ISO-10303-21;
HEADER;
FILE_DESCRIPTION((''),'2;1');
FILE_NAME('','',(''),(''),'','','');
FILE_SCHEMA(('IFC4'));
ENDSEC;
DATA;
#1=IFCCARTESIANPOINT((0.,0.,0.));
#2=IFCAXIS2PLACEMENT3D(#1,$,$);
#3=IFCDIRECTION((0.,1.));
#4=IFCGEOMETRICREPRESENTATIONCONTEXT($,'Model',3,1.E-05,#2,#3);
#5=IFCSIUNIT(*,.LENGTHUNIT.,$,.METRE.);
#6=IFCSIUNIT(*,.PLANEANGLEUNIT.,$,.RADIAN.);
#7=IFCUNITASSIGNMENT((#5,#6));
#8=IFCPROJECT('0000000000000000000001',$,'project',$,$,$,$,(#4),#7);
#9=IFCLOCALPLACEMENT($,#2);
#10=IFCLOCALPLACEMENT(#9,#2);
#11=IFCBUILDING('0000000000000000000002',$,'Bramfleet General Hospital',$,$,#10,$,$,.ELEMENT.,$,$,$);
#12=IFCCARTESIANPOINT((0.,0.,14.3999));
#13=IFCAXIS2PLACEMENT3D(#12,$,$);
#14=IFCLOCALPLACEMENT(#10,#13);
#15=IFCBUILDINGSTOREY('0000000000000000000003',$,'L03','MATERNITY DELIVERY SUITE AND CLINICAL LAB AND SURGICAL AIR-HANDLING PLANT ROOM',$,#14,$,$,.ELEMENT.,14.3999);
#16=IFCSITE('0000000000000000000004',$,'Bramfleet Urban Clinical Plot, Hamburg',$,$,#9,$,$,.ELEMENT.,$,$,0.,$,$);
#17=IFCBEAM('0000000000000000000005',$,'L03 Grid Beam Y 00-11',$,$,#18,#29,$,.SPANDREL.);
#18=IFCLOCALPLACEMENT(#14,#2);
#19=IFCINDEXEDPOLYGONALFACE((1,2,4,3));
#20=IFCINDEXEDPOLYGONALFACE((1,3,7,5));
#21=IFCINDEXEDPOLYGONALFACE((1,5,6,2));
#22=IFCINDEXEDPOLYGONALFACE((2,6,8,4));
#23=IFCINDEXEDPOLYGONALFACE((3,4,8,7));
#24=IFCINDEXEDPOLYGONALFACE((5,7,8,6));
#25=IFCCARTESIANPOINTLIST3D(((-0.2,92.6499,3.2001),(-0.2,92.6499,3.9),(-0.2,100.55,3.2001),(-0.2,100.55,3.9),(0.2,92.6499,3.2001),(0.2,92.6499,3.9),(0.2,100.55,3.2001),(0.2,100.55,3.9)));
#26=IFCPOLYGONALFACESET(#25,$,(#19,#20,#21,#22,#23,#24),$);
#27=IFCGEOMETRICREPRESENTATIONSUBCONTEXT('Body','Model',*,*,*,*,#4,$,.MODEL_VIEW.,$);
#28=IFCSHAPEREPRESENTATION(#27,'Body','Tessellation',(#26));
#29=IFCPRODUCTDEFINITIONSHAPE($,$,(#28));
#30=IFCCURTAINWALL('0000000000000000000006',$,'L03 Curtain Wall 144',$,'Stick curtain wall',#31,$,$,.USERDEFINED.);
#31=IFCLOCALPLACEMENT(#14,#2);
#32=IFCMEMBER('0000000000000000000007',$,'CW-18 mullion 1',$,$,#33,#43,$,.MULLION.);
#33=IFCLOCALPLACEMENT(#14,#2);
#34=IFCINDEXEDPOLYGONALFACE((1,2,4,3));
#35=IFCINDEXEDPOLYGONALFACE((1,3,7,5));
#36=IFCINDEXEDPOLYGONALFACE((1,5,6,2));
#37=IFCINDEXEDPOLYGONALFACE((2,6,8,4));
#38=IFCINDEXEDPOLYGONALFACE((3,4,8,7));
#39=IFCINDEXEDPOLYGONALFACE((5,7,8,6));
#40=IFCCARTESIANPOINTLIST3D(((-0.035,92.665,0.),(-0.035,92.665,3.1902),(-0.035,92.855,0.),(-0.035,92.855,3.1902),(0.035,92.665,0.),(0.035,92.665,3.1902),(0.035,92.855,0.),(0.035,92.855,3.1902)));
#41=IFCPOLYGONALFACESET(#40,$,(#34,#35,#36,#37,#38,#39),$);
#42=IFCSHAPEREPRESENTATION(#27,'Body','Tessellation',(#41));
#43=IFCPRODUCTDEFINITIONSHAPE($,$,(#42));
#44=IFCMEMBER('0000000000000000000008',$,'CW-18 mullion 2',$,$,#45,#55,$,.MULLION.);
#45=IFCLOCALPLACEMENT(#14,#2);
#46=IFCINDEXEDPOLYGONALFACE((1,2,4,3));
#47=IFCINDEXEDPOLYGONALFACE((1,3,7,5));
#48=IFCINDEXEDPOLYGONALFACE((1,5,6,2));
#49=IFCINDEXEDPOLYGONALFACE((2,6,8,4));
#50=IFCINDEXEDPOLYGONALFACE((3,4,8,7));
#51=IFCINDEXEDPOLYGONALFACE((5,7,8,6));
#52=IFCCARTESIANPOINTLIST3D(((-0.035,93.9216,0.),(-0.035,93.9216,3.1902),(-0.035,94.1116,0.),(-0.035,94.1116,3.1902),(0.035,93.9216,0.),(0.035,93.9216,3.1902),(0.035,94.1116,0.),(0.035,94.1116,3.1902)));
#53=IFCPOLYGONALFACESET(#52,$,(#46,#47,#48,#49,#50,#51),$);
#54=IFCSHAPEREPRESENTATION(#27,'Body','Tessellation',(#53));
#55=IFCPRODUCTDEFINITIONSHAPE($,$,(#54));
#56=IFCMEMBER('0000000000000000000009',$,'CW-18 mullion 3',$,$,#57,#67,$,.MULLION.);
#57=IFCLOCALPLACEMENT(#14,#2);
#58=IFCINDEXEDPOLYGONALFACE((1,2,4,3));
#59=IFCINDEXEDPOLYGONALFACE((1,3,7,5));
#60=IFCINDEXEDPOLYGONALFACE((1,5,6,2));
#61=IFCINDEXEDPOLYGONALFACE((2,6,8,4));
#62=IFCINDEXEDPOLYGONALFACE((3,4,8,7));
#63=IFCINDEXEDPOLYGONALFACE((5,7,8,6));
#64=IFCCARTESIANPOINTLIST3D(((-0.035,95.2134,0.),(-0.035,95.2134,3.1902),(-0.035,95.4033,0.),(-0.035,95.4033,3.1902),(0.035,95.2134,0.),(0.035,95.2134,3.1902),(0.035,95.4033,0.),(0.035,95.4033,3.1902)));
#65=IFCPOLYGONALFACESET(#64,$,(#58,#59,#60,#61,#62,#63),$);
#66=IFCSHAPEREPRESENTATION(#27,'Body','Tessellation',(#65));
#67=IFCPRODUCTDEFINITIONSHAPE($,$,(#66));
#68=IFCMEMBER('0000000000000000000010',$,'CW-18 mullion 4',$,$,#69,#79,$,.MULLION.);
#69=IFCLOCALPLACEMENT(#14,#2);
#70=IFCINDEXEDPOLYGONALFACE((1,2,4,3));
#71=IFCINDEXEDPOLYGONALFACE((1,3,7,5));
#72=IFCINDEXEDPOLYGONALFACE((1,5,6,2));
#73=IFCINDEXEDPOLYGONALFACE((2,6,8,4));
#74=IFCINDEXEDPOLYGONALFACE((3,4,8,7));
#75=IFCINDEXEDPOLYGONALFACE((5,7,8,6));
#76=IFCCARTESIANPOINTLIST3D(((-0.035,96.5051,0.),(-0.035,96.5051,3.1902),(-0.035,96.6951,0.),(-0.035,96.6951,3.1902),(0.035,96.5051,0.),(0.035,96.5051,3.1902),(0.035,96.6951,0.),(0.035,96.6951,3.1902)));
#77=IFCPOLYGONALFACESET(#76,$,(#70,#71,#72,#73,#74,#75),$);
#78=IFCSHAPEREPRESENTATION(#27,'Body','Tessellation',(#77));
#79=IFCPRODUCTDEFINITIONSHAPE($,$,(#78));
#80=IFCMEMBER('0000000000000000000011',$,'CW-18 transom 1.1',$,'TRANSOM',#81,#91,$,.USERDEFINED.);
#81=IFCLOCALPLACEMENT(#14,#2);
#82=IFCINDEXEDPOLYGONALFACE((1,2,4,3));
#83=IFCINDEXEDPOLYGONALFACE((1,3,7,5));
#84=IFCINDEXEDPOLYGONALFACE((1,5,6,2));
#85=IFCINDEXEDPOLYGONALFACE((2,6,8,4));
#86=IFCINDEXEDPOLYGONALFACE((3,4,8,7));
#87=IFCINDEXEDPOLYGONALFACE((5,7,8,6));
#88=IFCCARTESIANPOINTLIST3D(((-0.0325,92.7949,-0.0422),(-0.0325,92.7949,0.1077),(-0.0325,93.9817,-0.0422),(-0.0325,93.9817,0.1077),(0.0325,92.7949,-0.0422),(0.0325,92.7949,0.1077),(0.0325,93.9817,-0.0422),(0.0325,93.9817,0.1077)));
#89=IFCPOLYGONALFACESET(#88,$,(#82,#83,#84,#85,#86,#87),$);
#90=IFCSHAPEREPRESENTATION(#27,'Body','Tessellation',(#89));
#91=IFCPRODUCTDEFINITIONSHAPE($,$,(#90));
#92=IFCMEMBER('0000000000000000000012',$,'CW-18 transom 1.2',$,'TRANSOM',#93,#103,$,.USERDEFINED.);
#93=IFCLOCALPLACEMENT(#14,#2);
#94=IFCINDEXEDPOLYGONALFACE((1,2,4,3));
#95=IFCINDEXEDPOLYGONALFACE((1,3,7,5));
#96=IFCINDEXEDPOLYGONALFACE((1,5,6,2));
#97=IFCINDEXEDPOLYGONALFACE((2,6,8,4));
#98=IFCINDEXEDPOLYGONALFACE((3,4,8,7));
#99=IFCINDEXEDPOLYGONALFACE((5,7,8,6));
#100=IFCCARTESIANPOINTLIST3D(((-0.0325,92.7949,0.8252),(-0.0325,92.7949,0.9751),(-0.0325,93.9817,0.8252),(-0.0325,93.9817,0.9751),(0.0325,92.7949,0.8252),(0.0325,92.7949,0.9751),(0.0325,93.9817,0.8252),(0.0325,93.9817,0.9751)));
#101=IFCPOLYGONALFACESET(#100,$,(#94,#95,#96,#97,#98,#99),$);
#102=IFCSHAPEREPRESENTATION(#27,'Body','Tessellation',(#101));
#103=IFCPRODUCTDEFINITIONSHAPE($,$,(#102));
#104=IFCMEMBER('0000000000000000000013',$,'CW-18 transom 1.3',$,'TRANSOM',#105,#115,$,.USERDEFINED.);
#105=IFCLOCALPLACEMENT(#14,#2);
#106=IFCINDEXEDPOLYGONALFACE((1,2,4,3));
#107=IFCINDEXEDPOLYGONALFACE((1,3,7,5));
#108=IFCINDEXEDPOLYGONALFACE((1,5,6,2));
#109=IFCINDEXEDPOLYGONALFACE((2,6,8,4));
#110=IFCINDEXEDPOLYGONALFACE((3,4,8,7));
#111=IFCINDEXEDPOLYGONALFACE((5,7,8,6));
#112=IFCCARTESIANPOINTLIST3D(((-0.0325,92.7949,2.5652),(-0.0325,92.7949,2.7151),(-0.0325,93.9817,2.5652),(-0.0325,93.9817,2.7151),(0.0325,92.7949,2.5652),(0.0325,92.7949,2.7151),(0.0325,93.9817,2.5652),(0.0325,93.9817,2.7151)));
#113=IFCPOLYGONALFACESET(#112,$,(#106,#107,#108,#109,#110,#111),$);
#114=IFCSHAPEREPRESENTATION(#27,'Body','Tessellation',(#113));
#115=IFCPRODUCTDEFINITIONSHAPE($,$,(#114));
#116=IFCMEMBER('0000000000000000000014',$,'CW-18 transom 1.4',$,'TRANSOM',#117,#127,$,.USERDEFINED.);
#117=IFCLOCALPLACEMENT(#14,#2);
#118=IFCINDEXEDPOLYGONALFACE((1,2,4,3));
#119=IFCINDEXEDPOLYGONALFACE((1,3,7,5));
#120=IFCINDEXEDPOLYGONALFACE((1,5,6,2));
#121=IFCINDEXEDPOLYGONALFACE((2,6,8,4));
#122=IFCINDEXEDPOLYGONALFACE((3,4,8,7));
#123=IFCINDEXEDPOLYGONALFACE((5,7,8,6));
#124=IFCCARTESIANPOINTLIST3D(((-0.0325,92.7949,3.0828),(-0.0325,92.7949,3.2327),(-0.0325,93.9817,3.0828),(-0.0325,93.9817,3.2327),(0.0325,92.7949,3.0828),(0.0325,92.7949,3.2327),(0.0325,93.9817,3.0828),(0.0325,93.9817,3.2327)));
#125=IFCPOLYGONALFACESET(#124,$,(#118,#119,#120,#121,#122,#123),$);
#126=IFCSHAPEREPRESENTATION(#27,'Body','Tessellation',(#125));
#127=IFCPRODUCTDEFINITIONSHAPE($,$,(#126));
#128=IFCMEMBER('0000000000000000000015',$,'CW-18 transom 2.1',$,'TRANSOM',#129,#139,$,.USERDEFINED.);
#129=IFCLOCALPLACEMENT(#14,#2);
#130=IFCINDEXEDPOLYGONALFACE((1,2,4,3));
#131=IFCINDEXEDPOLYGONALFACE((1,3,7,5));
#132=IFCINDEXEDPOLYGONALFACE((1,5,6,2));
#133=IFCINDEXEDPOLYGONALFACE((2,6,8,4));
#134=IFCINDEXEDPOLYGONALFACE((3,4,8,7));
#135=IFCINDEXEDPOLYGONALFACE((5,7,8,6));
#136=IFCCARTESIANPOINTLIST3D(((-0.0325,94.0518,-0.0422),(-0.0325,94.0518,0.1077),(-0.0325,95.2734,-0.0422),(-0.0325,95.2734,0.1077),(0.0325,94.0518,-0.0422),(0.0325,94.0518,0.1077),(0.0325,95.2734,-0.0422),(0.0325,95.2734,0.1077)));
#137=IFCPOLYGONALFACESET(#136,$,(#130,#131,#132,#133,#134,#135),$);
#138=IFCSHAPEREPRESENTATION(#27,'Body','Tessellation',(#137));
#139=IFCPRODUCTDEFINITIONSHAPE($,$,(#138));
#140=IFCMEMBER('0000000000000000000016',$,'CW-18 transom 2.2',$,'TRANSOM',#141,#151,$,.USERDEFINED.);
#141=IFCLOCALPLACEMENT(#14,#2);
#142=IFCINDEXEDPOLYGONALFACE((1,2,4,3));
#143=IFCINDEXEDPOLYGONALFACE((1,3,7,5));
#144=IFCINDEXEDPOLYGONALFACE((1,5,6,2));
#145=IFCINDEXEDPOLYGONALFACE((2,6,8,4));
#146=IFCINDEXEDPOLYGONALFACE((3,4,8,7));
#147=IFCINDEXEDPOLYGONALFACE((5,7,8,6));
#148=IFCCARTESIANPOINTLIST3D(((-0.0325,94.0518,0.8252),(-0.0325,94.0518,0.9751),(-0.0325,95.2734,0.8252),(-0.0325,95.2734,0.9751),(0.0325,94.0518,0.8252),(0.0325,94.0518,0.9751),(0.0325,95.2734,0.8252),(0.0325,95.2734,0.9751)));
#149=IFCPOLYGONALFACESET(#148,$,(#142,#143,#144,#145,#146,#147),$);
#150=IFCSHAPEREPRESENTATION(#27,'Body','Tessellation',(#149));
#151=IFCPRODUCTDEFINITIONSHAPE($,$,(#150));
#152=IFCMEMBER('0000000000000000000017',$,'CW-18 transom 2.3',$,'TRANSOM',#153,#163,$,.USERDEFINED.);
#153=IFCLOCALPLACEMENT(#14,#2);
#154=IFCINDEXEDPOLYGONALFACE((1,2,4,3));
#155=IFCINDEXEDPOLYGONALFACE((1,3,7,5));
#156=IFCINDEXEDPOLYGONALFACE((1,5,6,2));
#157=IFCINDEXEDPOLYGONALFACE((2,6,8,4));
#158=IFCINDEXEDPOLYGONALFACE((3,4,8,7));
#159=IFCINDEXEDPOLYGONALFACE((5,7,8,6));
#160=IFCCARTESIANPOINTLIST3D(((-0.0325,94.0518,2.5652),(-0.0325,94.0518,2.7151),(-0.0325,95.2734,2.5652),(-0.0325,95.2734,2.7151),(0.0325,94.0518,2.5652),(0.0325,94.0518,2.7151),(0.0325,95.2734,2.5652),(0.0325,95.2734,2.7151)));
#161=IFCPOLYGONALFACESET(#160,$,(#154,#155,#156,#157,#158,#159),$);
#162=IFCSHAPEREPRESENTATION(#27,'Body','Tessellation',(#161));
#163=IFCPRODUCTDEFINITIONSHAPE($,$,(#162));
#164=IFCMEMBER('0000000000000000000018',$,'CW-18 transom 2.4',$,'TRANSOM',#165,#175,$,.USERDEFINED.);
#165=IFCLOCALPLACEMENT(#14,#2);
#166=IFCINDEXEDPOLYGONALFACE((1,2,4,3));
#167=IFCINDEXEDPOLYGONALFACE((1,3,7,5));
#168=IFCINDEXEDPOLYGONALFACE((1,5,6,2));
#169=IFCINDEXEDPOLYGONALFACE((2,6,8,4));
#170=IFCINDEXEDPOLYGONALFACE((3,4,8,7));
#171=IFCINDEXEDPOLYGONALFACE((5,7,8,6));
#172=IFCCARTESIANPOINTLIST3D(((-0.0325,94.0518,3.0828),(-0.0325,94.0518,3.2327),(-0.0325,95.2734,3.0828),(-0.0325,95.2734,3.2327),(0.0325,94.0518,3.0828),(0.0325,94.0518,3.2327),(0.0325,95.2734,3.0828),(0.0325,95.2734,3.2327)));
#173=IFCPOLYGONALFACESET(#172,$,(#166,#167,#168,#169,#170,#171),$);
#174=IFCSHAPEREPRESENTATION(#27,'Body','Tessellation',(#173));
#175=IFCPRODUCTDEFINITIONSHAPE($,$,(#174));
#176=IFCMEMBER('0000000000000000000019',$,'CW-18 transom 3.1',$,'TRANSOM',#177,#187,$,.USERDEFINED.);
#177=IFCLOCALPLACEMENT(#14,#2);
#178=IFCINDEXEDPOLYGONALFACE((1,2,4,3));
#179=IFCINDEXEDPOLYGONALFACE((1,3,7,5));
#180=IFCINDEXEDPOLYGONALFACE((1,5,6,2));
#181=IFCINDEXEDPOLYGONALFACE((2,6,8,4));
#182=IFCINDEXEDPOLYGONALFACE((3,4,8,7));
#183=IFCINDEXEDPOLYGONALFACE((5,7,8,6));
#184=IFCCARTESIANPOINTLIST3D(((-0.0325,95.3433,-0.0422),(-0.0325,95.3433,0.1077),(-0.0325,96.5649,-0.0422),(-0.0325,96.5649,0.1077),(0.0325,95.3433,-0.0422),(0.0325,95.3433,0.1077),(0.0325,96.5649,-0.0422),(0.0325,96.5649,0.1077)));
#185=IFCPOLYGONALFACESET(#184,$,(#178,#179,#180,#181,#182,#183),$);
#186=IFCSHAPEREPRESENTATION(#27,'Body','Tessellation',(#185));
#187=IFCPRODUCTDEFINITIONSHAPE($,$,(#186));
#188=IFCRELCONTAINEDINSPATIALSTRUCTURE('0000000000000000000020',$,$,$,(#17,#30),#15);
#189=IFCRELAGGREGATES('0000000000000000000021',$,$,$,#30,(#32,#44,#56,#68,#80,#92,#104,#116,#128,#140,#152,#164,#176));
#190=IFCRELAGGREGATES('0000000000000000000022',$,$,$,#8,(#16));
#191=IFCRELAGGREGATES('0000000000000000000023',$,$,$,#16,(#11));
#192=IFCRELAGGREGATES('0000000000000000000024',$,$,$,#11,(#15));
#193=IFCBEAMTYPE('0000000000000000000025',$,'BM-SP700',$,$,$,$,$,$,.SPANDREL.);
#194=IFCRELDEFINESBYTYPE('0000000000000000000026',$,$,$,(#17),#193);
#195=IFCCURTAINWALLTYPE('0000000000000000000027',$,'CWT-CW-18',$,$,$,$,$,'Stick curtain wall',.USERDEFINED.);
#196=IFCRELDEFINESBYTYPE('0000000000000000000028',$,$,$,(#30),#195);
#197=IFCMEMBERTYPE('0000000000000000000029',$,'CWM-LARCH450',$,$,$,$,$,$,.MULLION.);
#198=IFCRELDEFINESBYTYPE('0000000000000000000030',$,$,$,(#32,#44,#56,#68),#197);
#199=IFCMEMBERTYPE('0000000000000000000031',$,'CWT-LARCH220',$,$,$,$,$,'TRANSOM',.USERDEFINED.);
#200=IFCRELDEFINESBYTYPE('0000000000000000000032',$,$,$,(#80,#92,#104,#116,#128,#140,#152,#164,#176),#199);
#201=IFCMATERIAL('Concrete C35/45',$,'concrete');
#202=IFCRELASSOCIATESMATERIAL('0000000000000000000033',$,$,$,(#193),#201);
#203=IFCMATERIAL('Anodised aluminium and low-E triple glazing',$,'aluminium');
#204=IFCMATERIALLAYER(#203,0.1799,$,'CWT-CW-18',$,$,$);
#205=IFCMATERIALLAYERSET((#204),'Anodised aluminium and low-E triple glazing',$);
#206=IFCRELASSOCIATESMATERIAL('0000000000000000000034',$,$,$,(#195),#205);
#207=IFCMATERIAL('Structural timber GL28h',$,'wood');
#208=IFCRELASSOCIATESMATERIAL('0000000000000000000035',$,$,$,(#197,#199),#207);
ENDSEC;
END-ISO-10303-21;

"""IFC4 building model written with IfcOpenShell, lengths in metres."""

from ifc_helpers import new_model, si_unit, direction, frame, origin, origin_2d, place, context, subcontext, project, spatial, rectangle, extrude, material, layer, layer_set, material_profile, profile_set, type_object, element, aggregate, save


model = new_model("IFC4")

# Units and contexts
model_context = context("Model", 3, precision=1e-05, world=origin(), true_north=direction((0.0, 1.0)))
body_context = subcontext(model_context, "Body", "Model", "MODEL_VIEW")
ifc_project = project(units=[si_unit("LENGTHUNIT", "METRE"), si_unit("PLANEANGLEUNIT", "RADIAN")], contexts=[model_context])

# Site, building, storey
site_placement = place(None, origin())
site = spatial("IfcSite", under=ifc_project, at=site_placement, Name="Bramfleet Urban Clinical Plot, Hamburg", CompositionType="ELEMENT", RefElevation=0.0)
building_placement = place(site_placement, origin())
building = spatial("IfcBuilding", under=site, at=building_placement, Name="Bramfleet General Hospital", CompositionType="ELEMENT")
storey_placement = place(building_placement, frame((0.0, 0.0, 14.3999)))
storey = spatial("IfcBuildingStorey", under=building, at=storey_placement, Name="L03", Description="MATERNITY DELIVERY SUITE AND CLINICAL LAB AND SURGICAL AIR-HANDLING PLANT ROOM", CompositionType="ELEMENT", Elevation=14.3999)

# Beam
ifc_material_1 = material(Name="Concrete C35/45", Category="concrete")
ifc_material_profile_1 = material_profile(ifc_material_1, rectangle(XDim=0.3999, YDim=0.7, at=origin_2d()), Name="RC SP 700x400")
ifc_profile_set_1 = profile_set([ifc_material_profile_1], Name="Concrete C35/45")
beam_type = type_object("IfcBeamType", Name="BM-SP700", PredefinedType="SPANDREL", material=ifc_profile_set_1)
beam_placement = place(storey_placement, frame((0.0, 92.6499, 3.55), z_axis=(0.0, 1.0, 0.0), x_axis=(-1.0, 0.0, 0.0)))
element("IfcBeam", 1, at=beam_placement, inside=storey, type_object=beam_type, Name="L03 Grid Beam Y 00-11", PredefinedType="SPANDREL", context=body_context, shape_type="SweptSolid", body=[
    extrude(rectangle(XDim=0.3999, YDim=0.7, at=origin_2d()), origin(), (0.0, 0.0, 1.0), 7.9001),
])

# Curtain wall, members
ifc_material_2 = material(Name="Anodised aluminium and low-E triple glazing", Category="aluminium")
ifc_layer_1 = layer(ifc_material_2, 0.1799, Name="CWT-CW-18")
ifc_layer_set_1 = layer_set([ifc_layer_1], Name="Anodised aluminium and low-E triple glazing")
curtain_wall_type = type_object("IfcCurtainWallType", Name="CWT-CW-18", ElementType="Stick curtain wall", PredefinedType="USERDEFINED", material=ifc_layer_set_1)
curtain_wall_placement = place(storey_placement, origin())
curtain_wall = element("IfcCurtainWall", 2, at=curtain_wall_placement, inside=storey, type_object=curtain_wall_type, Name="L03 Curtain Wall 144", ObjectType="Stick curtain wall", PredefinedType="USERDEFINED")
ifc_material_3 = material(Name="Structural timber GL28h", Category="wood")
ifc_material_profile_2 = material_profile(ifc_material_3, rectangle(XDim=0.0701, YDim=0.1899, at=origin_2d()), Name="LARCH 190x70")
ifc_profile_set_2 = profile_set([ifc_material_profile_2], Name="Structural timber GL28h")
member_type_1 = type_object("IfcMemberType", Name="CWM-LARCH450", PredefinedType="MULLION", material=ifc_profile_set_2)
member_1_placement = place(storey_placement, frame((0.0, 92.76, 0.0), z_axis=(0.0, 0.0, 1.0), x_axis=(-1.0, 0.0, 0.0)))
member_1 = element("IfcMember", 3, at=member_1_placement, type_object=member_type_1, Name="CW-18 mullion 1", PredefinedType="MULLION", context=body_context, shape_type="SweptSolid", body=[
    extrude(rectangle(XDim=0.0701, YDim=0.1899, at=origin_2d()), origin(), (0.0, 0.0, 1.0), 3.1902),
])
member_2_placement = place(storey_placement, frame((0.0, 94.0166, 0.0), z_axis=(0.0, 0.0, 1.0), x_axis=(-1.0, 0.0, 0.0)))
member_2 = element("IfcMember", 4, at=member_2_placement, type_object=member_type_1, Name="CW-18 mullion 2", PredefinedType="MULLION", context=body_context, shape_type="SweptSolid", body=[
    extrude(rectangle(XDim=0.0701, YDim=0.1899, at=origin_2d()), origin(), (0.0, 0.0, 1.0), 3.1902),
])
member_3_placement = place(storey_placement, frame((0.0, 95.3083, 0.0), z_axis=(0.0, 0.0, 1.0), x_axis=(-1.0, 0.0, 0.0)))
member_3 = element("IfcMember", 5, at=member_3_placement, type_object=member_type_1, Name="CW-18 mullion 3", PredefinedType="MULLION", context=body_context, shape_type="SweptSolid", body=[
    extrude(rectangle(XDim=0.0701, YDim=0.1899, at=origin_2d()), origin(), (0.0, 0.0, 1.0), 3.1902),
])
member_4_placement = place(storey_placement, frame((0.0, 96.6001, 0.0), z_axis=(0.0, 0.0, 1.0), x_axis=(-1.0, 0.0, 0.0)))
member_4 = element("IfcMember", 6, at=member_4_placement, type_object=member_type_1, Name="CW-18 mullion 4", PredefinedType="MULLION", context=body_context, shape_type="SweptSolid", body=[
    extrude(rectangle(XDim=0.0701, YDim=0.1899, at=origin_2d()), origin(), (0.0, 0.0, 1.0), 3.1902),
])
ifc_material_profile_3 = material_profile(ifc_material_3, rectangle(XDim=0.0649, YDim=0.1499, at=origin_2d()), Name="LARCH 150x65")
ifc_profile_set_3 = profile_set([ifc_material_profile_3], Name="Structural timber GL28h")
member_type_2 = type_object("IfcMemberType", Name="CWT-LARCH220", ElementType="TRANSOM", PredefinedType="USERDEFINED", material=ifc_profile_set_3)
member_5_placement = place(storey_placement, frame((0.0, 92.7949, 0.0327), z_axis=(0.0, 1.0, 0.0), x_axis=(-1.0, 0.0, 0.0)))
member_5 = element("IfcMember", 7, at=member_5_placement, type_object=member_type_2, Name="CW-18 transom 1.1", ObjectType="TRANSOM", PredefinedType="USERDEFINED", context=body_context, shape_type="SweptSolid", body=[
    extrude(rectangle(XDim=0.0649, YDim=0.1499, at=origin_2d()), origin(), (0.0, 0.0, 1.0), 1.1868),
])
member_6_placement = place(storey_placement, frame((0.0, 92.7949, 0.9001), z_axis=(0.0, 1.0, 0.0), x_axis=(-1.0, 0.0, 0.0)))
member_6 = element("IfcMember", 8, at=member_6_placement, type_object=member_type_2, Name="CW-18 transom 1.2", ObjectType="TRANSOM", PredefinedType="USERDEFINED", context=body_context, shape_type="SweptSolid", body=[
    extrude(rectangle(XDim=0.0649, YDim=0.1499, at=origin_2d()), origin(), (0.0, 0.0, 1.0), 1.1868),
])
member_7_placement = place(storey_placement, frame((0.0, 92.7949, 2.6401), z_axis=(0.0, 1.0, 0.0), x_axis=(-1.0, 0.0, 0.0)))
member_7 = element("IfcMember", 9, at=member_7_placement, type_object=member_type_2, Name="CW-18 transom 1.3", ObjectType="TRANSOM", PredefinedType="USERDEFINED", context=body_context, shape_type="SweptSolid", body=[
    extrude(rectangle(XDim=0.0649, YDim=0.1499, at=origin_2d()), origin(), (0.0, 0.0, 1.0), 1.1868),
])
member_8_placement = place(storey_placement, frame((0.0, 92.7949, 3.1577), z_axis=(0.0, 1.0, 0.0), x_axis=(-1.0, 0.0, 0.0)))
member_8 = element("IfcMember", 10, at=member_8_placement, type_object=member_type_2, Name="CW-18 transom 1.4", ObjectType="TRANSOM", PredefinedType="USERDEFINED", context=body_context, shape_type="SweptSolid", body=[
    extrude(rectangle(XDim=0.0649, YDim=0.1499, at=origin_2d()), origin(), (0.0, 0.0, 1.0), 1.1868),
])
member_9_placement = place(storey_placement, frame((0.0, 94.0518, 0.0327), z_axis=(0.0, 1.0, 0.0), x_axis=(-1.0, 0.0, 0.0)))
member_9 = element("IfcMember", 11, at=member_9_placement, type_object=member_type_2, Name="CW-18 transom 2.1", ObjectType="TRANSOM", PredefinedType="USERDEFINED", context=body_context, shape_type="SweptSolid", body=[
    extrude(rectangle(XDim=0.0649, YDim=0.1499, at=origin_2d()), origin(), (0.0, 0.0, 1.0), 1.2217),
])
member_10_placement = place(storey_placement, frame((0.0, 94.0518, 0.9001), z_axis=(0.0, 1.0, 0.0), x_axis=(-1.0, 0.0, 0.0)))
member_10 = element("IfcMember", 12, at=member_10_placement, type_object=member_type_2, Name="CW-18 transom 2.2", ObjectType="TRANSOM", PredefinedType="USERDEFINED", context=body_context, shape_type="SweptSolid", body=[
    extrude(rectangle(XDim=0.0649, YDim=0.1499, at=origin_2d()), origin(), (0.0, 0.0, 1.0), 1.2217),
])
member_11_placement = place(storey_placement, frame((0.0, 94.0518, 2.6401), z_axis=(0.0, 1.0, 0.0), x_axis=(-1.0, 0.0, 0.0)))
member_11 = element("IfcMember", 13, at=member_11_placement, type_object=member_type_2, Name="CW-18 transom 2.3", ObjectType="TRANSOM", PredefinedType="USERDEFINED", context=body_context, shape_type="SweptSolid", body=[
    extrude(rectangle(XDim=0.0649, YDim=0.1499, at=origin_2d()), origin(), (0.0, 0.0, 1.0), 1.2217),
])
member_12_placement = place(storey_placement, frame((0.0, 94.0518, 3.1577), z_axis=(0.0, 1.0, 0.0), x_axis=(-1.0, 0.0, 0.0)))
member_12 = element("IfcMember", 14, at=member_12_placement, type_object=member_type_2, Name="CW-18 transom 2.4", ObjectType="TRANSOM", PredefinedType="USERDEFINED", context=body_context, shape_type="SweptSolid", body=[
    extrude(rectangle(XDim=0.0649, YDim=0.1499, at=origin_2d()), origin(), (0.0, 0.0, 1.0), 1.2217),
])
member_13_placement = place(storey_placement, frame((0.0, 95.3433, 0.0327), z_axis=(0.0, 1.0, 0.0), x_axis=(-1.0, 0.0, 0.0)))
member_13 = element("IfcMember", 15, at=member_13_placement, type_object=member_type_2, Name="CW-18 transom 3.1", ObjectType="TRANSOM", PredefinedType="USERDEFINED", context=body_context, shape_type="SweptSolid", body=[
    extrude(rectangle(XDim=0.0649, YDim=0.1499, at=origin_2d()), origin(), (0.0, 0.0, 1.0), 1.2217),
])
aggregate(curtain_wall, [member_1, member_2, member_3, member_4, member_5, member_6, member_7, member_8, member_9, member_10, member_11, member_12, member_13])

save(model, "model.ifc")
